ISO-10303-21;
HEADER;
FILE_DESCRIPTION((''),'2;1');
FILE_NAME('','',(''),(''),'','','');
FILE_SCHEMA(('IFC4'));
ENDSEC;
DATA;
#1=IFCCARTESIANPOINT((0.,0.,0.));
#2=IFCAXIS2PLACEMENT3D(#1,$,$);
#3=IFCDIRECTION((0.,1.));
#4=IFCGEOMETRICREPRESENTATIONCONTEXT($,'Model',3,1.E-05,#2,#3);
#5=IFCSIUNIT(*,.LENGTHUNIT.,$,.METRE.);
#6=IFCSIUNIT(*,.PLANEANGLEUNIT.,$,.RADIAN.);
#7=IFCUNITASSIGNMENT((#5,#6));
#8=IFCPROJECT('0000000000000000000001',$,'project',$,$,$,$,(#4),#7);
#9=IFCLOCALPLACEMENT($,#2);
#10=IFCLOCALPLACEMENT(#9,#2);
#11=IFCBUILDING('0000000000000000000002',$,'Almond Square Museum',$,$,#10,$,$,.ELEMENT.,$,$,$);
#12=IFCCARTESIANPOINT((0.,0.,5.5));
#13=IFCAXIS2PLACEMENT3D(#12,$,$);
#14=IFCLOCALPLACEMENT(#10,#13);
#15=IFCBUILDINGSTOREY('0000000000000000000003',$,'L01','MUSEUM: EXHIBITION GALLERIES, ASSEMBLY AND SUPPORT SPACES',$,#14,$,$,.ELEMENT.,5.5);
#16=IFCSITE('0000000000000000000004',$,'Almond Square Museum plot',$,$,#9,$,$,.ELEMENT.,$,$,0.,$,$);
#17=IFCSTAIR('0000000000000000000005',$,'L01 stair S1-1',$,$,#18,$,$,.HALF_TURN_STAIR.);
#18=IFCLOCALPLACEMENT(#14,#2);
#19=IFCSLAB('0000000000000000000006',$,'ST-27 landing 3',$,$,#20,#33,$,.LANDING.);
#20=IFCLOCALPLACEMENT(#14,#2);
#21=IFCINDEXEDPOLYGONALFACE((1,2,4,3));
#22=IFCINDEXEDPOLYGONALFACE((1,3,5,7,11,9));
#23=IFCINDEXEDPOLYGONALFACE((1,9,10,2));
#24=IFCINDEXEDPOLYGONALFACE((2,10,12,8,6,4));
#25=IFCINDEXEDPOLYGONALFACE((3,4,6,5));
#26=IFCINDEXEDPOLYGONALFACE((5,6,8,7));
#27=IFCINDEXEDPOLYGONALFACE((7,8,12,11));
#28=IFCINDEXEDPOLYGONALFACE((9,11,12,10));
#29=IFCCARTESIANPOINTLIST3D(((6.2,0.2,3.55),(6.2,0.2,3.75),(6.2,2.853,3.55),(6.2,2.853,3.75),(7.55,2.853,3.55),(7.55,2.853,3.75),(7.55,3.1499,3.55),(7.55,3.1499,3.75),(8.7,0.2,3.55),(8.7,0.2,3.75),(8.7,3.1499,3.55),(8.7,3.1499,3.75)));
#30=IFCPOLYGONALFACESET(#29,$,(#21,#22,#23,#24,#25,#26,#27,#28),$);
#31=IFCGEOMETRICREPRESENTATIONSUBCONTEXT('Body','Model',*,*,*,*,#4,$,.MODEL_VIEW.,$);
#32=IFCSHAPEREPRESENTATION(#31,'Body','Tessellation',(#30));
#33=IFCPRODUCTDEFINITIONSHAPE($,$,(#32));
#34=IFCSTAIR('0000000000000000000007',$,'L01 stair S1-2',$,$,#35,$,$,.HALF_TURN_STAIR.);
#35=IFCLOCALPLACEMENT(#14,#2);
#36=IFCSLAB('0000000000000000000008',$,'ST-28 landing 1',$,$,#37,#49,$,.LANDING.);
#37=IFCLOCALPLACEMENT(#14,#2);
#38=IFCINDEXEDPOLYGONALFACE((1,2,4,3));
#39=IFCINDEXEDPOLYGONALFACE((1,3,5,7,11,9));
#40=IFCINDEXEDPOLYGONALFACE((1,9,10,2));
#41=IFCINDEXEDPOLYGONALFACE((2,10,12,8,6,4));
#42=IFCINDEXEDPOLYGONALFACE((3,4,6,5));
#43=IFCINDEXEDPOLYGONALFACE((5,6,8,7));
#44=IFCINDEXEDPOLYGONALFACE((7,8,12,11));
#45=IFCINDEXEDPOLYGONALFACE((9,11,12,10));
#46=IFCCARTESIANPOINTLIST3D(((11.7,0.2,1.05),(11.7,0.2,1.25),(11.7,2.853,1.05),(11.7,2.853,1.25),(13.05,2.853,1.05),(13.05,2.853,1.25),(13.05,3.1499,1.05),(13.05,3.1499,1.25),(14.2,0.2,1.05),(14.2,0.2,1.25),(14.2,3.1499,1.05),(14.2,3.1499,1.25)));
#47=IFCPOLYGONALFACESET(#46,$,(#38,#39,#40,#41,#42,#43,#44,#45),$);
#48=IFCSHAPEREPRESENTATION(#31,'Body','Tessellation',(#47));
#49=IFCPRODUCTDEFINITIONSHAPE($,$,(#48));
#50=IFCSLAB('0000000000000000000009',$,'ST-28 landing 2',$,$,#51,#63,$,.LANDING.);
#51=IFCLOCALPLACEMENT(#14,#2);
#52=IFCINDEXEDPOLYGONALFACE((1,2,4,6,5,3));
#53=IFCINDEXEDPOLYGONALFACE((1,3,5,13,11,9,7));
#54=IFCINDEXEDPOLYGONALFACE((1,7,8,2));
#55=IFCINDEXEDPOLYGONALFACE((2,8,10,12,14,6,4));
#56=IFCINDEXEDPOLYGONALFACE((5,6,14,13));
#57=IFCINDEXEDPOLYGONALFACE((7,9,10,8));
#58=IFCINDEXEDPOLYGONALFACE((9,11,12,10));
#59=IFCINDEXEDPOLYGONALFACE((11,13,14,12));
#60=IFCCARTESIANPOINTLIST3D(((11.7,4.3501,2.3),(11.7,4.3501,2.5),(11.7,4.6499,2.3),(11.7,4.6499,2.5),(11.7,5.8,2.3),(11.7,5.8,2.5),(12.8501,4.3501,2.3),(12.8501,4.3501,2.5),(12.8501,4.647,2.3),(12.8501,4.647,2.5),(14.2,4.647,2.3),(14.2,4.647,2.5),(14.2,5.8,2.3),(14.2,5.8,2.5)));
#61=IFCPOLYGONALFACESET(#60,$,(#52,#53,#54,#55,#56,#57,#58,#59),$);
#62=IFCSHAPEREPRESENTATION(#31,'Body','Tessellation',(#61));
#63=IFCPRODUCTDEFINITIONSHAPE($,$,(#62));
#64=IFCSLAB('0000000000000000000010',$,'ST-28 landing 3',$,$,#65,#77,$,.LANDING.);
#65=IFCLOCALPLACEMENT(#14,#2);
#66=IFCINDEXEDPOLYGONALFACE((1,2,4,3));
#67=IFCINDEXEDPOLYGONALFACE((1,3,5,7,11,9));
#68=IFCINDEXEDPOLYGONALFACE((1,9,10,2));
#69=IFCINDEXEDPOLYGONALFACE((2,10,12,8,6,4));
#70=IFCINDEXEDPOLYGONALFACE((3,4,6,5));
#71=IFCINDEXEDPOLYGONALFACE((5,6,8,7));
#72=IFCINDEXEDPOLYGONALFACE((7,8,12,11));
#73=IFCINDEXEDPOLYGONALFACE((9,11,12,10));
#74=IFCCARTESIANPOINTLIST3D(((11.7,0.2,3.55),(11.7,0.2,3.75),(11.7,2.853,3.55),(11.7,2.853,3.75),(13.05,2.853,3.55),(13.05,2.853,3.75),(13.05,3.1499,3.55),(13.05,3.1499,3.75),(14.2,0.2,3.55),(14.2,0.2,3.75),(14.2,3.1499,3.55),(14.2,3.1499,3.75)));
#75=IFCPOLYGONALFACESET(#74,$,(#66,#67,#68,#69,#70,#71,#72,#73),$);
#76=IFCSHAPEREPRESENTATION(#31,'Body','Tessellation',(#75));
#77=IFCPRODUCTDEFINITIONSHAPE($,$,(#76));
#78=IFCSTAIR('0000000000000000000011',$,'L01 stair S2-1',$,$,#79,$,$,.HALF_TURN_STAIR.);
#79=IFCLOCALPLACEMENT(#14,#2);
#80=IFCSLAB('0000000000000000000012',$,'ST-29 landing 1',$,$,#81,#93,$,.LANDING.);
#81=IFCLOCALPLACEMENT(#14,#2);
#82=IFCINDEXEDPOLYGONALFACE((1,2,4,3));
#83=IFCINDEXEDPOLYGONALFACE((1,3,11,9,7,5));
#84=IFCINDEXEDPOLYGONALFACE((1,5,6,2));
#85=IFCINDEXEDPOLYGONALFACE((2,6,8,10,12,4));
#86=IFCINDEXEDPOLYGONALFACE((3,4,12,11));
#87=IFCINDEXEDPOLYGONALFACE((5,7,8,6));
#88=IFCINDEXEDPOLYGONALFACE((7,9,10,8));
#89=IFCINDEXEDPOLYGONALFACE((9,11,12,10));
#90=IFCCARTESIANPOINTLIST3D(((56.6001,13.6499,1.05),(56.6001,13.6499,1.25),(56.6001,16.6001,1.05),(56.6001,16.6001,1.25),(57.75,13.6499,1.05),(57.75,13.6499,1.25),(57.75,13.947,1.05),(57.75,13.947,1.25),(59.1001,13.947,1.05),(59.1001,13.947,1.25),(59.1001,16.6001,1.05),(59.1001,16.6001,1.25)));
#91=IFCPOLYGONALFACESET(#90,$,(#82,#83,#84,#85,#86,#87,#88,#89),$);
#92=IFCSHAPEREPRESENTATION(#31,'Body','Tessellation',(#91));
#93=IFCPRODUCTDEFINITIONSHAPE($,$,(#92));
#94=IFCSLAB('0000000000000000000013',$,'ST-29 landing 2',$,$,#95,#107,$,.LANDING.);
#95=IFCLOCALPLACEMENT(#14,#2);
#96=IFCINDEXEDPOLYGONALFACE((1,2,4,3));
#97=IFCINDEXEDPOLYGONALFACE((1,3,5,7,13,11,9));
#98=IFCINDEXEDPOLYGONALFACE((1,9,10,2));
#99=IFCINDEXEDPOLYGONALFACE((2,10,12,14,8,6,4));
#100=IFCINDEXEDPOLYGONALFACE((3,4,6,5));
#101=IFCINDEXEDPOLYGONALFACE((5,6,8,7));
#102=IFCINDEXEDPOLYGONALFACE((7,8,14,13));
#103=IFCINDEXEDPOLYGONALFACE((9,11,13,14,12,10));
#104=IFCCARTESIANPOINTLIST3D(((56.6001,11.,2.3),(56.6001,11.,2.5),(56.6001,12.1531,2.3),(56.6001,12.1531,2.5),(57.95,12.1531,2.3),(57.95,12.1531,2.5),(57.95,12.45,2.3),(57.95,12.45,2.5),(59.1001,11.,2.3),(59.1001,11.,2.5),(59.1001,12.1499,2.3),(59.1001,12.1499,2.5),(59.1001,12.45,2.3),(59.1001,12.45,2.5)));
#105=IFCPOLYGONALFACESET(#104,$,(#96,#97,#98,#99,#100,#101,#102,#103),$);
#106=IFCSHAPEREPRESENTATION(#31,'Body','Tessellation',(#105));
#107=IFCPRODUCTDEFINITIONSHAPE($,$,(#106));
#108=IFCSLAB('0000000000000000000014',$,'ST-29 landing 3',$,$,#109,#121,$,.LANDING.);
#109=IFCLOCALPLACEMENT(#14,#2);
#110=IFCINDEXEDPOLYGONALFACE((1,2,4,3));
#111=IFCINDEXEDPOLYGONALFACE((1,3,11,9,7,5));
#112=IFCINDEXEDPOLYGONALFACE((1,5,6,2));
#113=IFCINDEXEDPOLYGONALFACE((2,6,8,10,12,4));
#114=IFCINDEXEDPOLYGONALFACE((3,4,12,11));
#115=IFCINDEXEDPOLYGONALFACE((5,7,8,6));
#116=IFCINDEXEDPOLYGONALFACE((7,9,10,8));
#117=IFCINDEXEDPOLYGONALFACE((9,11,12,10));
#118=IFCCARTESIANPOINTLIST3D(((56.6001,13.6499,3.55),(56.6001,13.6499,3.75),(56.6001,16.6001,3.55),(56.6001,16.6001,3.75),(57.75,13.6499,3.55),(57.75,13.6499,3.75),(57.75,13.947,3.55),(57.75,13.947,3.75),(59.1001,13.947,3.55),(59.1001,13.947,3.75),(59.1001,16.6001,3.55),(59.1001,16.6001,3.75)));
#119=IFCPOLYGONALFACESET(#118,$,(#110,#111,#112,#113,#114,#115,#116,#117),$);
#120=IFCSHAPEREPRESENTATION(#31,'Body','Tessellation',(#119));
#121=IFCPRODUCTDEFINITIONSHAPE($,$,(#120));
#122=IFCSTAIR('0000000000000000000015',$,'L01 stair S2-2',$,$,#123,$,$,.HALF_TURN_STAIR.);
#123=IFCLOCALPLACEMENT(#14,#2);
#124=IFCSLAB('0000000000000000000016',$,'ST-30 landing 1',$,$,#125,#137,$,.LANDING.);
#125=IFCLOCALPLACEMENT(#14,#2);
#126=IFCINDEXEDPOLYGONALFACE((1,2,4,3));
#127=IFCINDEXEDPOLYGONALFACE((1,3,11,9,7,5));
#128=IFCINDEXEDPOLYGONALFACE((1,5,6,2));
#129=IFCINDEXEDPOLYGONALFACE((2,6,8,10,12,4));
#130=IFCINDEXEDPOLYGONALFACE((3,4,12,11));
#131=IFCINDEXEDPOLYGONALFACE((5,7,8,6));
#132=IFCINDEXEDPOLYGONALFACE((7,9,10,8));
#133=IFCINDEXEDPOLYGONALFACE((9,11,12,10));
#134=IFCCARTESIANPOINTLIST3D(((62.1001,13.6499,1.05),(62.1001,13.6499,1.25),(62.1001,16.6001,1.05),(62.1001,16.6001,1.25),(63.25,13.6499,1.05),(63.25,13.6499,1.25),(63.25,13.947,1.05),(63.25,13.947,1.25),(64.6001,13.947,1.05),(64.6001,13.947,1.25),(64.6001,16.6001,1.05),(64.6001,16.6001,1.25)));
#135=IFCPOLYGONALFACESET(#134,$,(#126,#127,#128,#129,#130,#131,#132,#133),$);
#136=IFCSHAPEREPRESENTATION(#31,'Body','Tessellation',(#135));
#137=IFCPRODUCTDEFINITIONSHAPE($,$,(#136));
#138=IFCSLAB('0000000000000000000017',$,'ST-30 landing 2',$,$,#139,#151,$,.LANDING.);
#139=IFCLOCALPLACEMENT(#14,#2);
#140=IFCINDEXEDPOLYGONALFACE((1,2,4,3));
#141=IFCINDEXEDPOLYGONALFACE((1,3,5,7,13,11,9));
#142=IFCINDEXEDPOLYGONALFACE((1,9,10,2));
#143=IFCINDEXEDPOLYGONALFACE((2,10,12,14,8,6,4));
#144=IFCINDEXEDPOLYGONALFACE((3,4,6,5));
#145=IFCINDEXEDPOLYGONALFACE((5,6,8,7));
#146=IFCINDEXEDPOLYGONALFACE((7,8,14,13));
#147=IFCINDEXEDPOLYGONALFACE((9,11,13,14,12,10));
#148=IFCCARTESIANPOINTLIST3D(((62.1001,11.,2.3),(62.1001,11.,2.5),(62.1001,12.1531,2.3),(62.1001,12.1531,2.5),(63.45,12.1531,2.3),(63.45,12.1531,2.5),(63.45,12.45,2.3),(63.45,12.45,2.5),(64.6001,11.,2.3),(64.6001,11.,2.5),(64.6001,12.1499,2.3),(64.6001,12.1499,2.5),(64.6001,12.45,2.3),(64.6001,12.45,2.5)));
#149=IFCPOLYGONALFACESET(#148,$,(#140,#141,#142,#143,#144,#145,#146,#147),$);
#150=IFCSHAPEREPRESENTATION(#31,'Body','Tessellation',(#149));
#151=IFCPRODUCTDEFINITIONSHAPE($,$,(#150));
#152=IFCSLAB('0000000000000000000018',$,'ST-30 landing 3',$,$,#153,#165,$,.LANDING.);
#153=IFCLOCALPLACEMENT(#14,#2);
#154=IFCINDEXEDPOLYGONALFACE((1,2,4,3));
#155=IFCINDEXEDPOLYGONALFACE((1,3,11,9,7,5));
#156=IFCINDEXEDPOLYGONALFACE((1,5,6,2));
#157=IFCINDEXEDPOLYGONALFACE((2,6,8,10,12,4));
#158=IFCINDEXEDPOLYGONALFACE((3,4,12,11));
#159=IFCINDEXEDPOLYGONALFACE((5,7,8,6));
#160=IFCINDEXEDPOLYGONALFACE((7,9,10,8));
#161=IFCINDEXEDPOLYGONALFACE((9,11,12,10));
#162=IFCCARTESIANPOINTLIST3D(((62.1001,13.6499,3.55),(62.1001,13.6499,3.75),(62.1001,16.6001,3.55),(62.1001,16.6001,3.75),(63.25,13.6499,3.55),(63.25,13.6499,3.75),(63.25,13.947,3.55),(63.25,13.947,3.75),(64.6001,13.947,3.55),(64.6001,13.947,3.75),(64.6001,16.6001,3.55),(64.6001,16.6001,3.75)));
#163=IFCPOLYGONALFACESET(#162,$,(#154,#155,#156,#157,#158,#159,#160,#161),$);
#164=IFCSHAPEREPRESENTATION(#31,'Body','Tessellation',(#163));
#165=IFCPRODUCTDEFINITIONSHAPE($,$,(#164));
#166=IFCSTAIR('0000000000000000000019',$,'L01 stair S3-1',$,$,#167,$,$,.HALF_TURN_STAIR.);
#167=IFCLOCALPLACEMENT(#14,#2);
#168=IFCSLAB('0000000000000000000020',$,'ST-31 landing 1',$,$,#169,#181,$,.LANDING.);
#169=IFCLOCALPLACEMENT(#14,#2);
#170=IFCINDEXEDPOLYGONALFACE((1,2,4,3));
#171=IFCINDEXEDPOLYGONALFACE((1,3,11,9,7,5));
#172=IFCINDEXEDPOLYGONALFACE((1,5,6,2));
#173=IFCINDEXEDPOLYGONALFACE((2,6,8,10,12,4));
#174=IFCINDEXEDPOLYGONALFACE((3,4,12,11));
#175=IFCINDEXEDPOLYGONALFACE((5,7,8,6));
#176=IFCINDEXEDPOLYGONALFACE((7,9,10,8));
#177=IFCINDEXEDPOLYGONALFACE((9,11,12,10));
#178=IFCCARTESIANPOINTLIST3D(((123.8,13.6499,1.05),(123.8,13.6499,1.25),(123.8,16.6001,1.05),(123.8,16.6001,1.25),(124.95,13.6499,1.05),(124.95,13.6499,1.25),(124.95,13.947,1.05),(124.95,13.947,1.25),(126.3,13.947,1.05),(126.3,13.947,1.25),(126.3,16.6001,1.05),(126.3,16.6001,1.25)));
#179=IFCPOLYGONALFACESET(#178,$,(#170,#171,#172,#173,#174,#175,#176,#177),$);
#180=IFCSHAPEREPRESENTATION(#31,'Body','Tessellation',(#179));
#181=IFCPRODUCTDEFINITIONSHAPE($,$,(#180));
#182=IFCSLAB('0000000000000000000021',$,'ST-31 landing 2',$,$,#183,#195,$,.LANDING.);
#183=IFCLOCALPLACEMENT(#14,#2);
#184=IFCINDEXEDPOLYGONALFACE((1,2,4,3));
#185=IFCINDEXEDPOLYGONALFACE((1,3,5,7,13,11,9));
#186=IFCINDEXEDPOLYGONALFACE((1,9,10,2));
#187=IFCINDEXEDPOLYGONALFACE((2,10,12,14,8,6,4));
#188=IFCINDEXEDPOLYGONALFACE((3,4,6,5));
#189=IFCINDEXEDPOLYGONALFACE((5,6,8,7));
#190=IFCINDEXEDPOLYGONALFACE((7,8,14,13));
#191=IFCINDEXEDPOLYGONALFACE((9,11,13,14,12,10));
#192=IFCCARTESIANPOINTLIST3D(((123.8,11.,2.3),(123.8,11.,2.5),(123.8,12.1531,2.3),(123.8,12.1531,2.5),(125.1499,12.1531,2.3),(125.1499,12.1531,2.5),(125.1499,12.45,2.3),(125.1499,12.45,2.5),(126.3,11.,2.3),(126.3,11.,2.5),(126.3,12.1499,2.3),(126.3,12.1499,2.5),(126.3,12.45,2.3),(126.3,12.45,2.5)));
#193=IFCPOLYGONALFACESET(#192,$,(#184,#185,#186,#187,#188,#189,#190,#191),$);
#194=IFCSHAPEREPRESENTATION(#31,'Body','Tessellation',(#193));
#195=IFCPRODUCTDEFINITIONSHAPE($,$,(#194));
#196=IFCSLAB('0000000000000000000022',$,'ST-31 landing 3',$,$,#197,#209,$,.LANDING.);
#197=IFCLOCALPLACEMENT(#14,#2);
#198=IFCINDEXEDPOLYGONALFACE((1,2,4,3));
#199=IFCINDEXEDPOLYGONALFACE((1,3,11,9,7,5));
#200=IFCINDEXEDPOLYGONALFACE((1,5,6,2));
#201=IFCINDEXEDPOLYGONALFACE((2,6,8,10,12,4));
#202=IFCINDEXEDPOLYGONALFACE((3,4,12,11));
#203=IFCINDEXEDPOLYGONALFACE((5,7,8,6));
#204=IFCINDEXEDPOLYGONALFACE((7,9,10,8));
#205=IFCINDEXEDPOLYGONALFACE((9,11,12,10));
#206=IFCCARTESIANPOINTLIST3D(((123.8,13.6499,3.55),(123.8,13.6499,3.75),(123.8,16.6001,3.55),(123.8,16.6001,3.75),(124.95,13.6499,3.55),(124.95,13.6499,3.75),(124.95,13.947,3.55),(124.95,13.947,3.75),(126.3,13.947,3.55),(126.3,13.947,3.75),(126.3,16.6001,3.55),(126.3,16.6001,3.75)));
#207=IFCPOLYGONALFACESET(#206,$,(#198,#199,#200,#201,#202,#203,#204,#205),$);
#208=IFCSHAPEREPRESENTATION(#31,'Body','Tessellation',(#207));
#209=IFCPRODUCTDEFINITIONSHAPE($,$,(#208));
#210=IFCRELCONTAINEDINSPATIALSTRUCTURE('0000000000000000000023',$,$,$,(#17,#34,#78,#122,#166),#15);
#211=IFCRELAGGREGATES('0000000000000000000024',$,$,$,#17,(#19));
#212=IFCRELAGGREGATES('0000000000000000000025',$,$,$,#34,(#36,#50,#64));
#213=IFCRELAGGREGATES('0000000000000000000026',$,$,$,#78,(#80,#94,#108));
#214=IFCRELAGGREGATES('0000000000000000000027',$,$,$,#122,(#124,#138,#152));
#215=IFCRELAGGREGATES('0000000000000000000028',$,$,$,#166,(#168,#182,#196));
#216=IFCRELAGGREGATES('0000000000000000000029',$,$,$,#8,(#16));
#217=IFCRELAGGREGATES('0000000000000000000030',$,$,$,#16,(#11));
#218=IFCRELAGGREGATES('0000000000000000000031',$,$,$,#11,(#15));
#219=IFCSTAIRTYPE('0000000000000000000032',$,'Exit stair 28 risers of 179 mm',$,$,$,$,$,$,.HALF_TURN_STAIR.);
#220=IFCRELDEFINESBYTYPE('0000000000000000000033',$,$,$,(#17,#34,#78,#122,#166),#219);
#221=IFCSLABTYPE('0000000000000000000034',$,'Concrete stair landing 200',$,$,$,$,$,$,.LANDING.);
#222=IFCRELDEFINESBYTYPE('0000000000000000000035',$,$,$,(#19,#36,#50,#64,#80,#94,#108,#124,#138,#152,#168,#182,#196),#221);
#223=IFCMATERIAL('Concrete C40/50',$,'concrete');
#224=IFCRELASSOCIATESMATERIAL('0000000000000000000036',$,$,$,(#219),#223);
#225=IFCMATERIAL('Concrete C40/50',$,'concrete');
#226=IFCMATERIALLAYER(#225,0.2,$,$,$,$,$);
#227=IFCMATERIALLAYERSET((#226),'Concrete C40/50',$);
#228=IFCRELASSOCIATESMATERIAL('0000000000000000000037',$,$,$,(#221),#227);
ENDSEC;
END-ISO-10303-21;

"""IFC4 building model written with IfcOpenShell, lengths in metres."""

from ifc_helpers import new_model, si_unit, direction, frame, origin, place, context, subcontext, project, spatial, polyline, outline, extrude, material, layer, layer_set, type_object, element, aggregate, save


model = new_model("IFC4")

# Units and contexts
model_context = context("Model", 3, precision=1e-05, world=origin(), true_north=direction((0.0, 1.0)))
body_context = subcontext(model_context, "Body", "Model", "MODEL_VIEW")
ifc_project = project(units=[si_unit("LENGTHUNIT", "METRE"), si_unit("PLANEANGLEUNIT", "RADIAN")], contexts=[model_context])

# Site, building, storey
site_placement = place(None, origin())
site = spatial("IfcSite", under=ifc_project, at=site_placement, Name="Almond Square Museum plot", CompositionType="ELEMENT", RefElevation=0.0)
building_placement = place(site_placement, origin())
building = spatial("IfcBuilding", under=site, at=building_placement, Name="Almond Square Museum", CompositionType="ELEMENT")
storey_placement = place(building_placement, frame((0.0, 0.0, 5.5)))
storey = spatial("IfcBuildingStorey", under=building, at=storey_placement, Name="L01", Description="MUSEUM: EXHIBITION GALLERIES, ASSEMBLY AND SUPPORT SPACES", CompositionType="ELEMENT", Elevation=5.5)

# Stair, slab
ifc_material_1 = material(Name="Concrete C40/50", Category="concrete")
stair_type = type_object("IfcStairType", Name="Exit stair 28 risers of 179 mm", PredefinedType="HALF_TURN_STAIR", material=ifc_material_1)
stair_1_placement = place(storey_placement, origin())
stair_1 = element("IfcStair", 1, at=stair_1_placement, inside=storey, type_object=stair_type, Name="L01 stair S1-1", PredefinedType="HALF_TURN_STAIR")
ifc_material_2 = material(Name="Concrete C40/50", Category="concrete")
ifc_layer = layer(ifc_material_2, 0.2)
ifc_layer_set = layer_set([ifc_layer], Name="Concrete C40/50")
slab_type = type_object("IfcSlabType", Name="Concrete stair landing 200", PredefinedType="LANDING", material=ifc_layer_set)
slab_1_placement = place(storey_placement, frame((0.0, 0.0, 3.55)))
slab_1 = element("IfcSlab", 2, at=slab_1_placement, type_object=slab_type, Name="ST-27 landing 3", PredefinedType="LANDING", context=body_context, shape_type="SweptSolid", body=[
    extrude(outline(polyline([(6.2, 2.853), (6.2, 0.2), (8.7, 0.2), (8.7, 3.1499), (7.55, 3.1499), (7.55, 2.853), (6.2, 2.853)])), origin(), (0.0, 0.0, 1.0), 0.2),
])
aggregate(stair_1, [slab_1])

# Stairs, slabs
stair_2_placement = place(storey_placement, origin())
stair_2 = element("IfcStair", 3, at=stair_2_placement, inside=storey, type_object=stair_type, Name="L01 stair S1-2", PredefinedType="HALF_TURN_STAIR")
slab_2_placement = place(storey_placement, frame((0.0, 0.0, 1.05)))
slab_2 = element("IfcSlab", 4, at=slab_2_placement, type_object=slab_type, Name="ST-28 landing 1", PredefinedType="LANDING", context=body_context, shape_type="SweptSolid", body=[
    extrude(outline(polyline([(11.7, 2.853), (11.7, 0.2), (14.2, 0.2), (14.2, 3.1499), (13.05, 3.1499), (13.05, 2.853), (11.7, 2.853)])), origin(), (0.0, 0.0, 1.0), 0.2),
])
slab_3_placement = place(storey_placement, frame((0.0, 0.0, 2.3)))
slab_3 = element("IfcSlab", 5, at=slab_3_placement, type_object=slab_type, Name="ST-28 landing 2", PredefinedType="LANDING", context=body_context, shape_type="SweptSolid", body=[
    extrude(outline(polyline([(11.7, 5.8), (11.7, 4.6499), (11.7, 4.3501), (12.8501, 4.3501), (12.8501, 4.647), (14.2, 4.647), (14.2, 5.8), (11.7, 5.8)])), origin(), (0.0, 0.0, 1.0), 0.2),
])
slab_4_placement = place(storey_placement, frame((0.0, 0.0, 3.55)))
slab_4 = element("IfcSlab", 6, at=slab_4_placement, type_object=slab_type, Name="ST-28 landing 3", PredefinedType="LANDING", context=body_context, shape_type="SweptSolid", body=[
    extrude(outline(polyline([(11.7, 2.853), (11.7, 0.2), (14.2, 0.2), (14.2, 3.1499), (13.05, 3.1499), (13.05, 2.853), (11.7, 2.853)])), origin(), (0.0, 0.0, 1.0), 0.2),
])
aggregate(stair_2, [slab_2, slab_3, slab_4])
stair_3_placement = place(storey_placement, origin())
stair_3 = element("IfcStair", 7, at=stair_3_placement, inside=storey, type_object=stair_type, Name="L01 stair S2-1", PredefinedType="HALF_TURN_STAIR")
slab_5_placement = place(storey_placement, frame((0.0, 0.0, 1.05)))
slab_5 = element("IfcSlab", 8, at=slab_5_placement, type_object=slab_type, Name="ST-29 landing 1", PredefinedType="LANDING", context=body_context, shape_type="SweptSolid", body=[
    extrude(outline(polyline([(59.1001, 13.947), (59.1001, 16.6001), (56.6001, 16.6001), (56.6001, 13.6499), (57.75, 13.6499), (57.75, 13.947), (59.1001, 13.947)])), origin(), (0.0, 0.0, 1.0), 0.2),
])
slab_6_placement = place(storey_placement, frame((0.0, 0.0, 2.3)))
slab_6 = element("IfcSlab", 9, at=slab_6_placement, type_object=slab_type, Name="ST-29 landing 2", PredefinedType="LANDING", context=body_context, shape_type="SweptSolid", body=[
    extrude(outline(polyline([(59.1001, 11.0), (59.1001, 12.1499), (59.1001, 12.45), (57.95, 12.45), (57.95, 12.1531), (56.6001, 12.1531), (56.6001, 11.0), (59.1001, 11.0)])), origin(), (0.0, 0.0, 1.0), 0.2),
])
slab_7_placement = place(storey_placement, frame((0.0, 0.0, 3.55)))
slab_7 = element("IfcSlab", 10, at=slab_7_placement, type_object=slab_type, Name="ST-29 landing 3", PredefinedType="LANDING", context=body_context, shape_type="SweptSolid", body=[
    extrude(outline(polyline([(59.1001, 13.947), (59.1001, 16.6001), (56.6001, 16.6001), (56.6001, 13.6499), (57.75, 13.6499), (57.75, 13.947), (59.1001, 13.947)])), origin(), (0.0, 0.0, 1.0), 0.2),
])
aggregate(stair_3, [slab_5, slab_6, slab_7])
stair_4_placement = place(storey_placement, origin())
stair_4 = element("IfcStair", 11, at=stair_4_placement, inside=storey, type_object=stair_type, Name="L01 stair S2-2", PredefinedType="HALF_TURN_STAIR")
slab_8_placement = place(storey_placement, frame((0.0, 0.0, 1.05)))
slab_8 = element("IfcSlab", 12, at=slab_8_placement, type_object=slab_type, Name="ST-30 landing 1", PredefinedType="LANDING", context=body_context, shape_type="SweptSolid", body=[
    extrude(outline(polyline([(64.6001, 13.947), (64.6001, 16.6001), (62.1001, 16.6001), (62.1001, 13.6499), (63.25, 13.6499), (63.25, 13.947), (64.6001, 13.947)])), origin(), (0.0, 0.0, 1.0), 0.2),
])
slab_9_placement = place(storey_placement, frame((0.0, 0.0, 2.3)))
slab_9 = element("IfcSlab", 13, at=slab_9_placement, type_object=slab_type, Name="ST-30 landing 2", PredefinedType="LANDING", context=body_context, shape_type="SweptSolid", body=[
    extrude(outline(polyline([(64.6001, 11.0), (64.6001, 12.1499), (64.6001, 12.45), (63.45, 12.45), (63.45, 12.1531), (62.1001, 12.1531), (62.1001, 11.0), (64.6001, 11.0)])), origin(), (0.0, 0.0, 1.0), 0.2),
])
slab_10_placement = place(storey_placement, frame((0.0, 0.0, 3.55)))
slab_10 = element("IfcSlab", 14, at=slab_10_placement, type_object=slab_type, Name="ST-30 landing 3", PredefinedType="LANDING", context=body_context, shape_type="SweptSolid", body=[
    extrude(outline(polyline([(64.6001, 13.947), (64.6001, 16.6001), (62.1001, 16.6001), (62.1001, 13.6499), (63.25, 13.6499), (63.25, 13.947), (64.6001, 13.947)])), origin(), (0.0, 0.0, 1.0), 0.2),
])
aggregate(stair_4, [slab_8, slab_9, slab_10])
stair_5_placement = place(storey_placement, origin())
stair_5 = element("IfcStair", 15, at=stair_5_placement, inside=storey, type_object=stair_type, Name="L01 stair S3-1", PredefinedType="HALF_TURN_STAIR")
slab_11_placement = place(storey_placement, frame((0.0, 0.0, 1.05)))
slab_11 = element("IfcSlab", 16, at=slab_11_placement, type_object=slab_type, Name="ST-31 landing 1", PredefinedType="LANDING", context=body_context, shape_type="SweptSolid", body=[
    extrude(outline(polyline([(126.3, 13.947), (126.3, 16.6001), (123.8, 16.6001), (123.8, 13.6499), (124.95, 13.6499), (124.95, 13.947), (126.3, 13.947)])), origin(), (0.0, 0.0, 1.0), 0.2),
])
slab_12_placement = place(storey_placement, frame((0.0, 0.0, 2.3)))
slab_12 = element("IfcSlab", 17, at=slab_12_placement, type_object=slab_type, Name="ST-31 landing 2", PredefinedType="LANDING", context=body_context, shape_type="SweptSolid", body=[
    extrude(outline(polyline([(126.3, 11.0), (126.3, 12.1499), (126.3, 12.45), (125.1499, 12.45), (125.1499, 12.1531), (123.8, 12.1531), (123.8, 11.0), (126.3, 11.0)])), origin(), (0.0, 0.0, 1.0), 0.2),
])
slab_13_placement = place(storey_placement, frame((0.0, 0.0, 3.55)))
slab_13 = element("IfcSlab", 18, at=slab_13_placement, type_object=slab_type, Name="ST-31 landing 3", PredefinedType="LANDING", context=body_context, shape_type="SweptSolid", body=[
    extrude(outline(polyline([(126.3, 13.947), (126.3, 16.6001), (123.8, 16.6001), (123.8, 13.6499), (124.95, 13.6499), (124.95, 13.947), (126.3, 13.947)])), origin(), (0.0, 0.0, 1.0), 0.2),
])
aggregate(stair_5, [slab_11, slab_12, slab_13])

save(model, "model.ifc")
